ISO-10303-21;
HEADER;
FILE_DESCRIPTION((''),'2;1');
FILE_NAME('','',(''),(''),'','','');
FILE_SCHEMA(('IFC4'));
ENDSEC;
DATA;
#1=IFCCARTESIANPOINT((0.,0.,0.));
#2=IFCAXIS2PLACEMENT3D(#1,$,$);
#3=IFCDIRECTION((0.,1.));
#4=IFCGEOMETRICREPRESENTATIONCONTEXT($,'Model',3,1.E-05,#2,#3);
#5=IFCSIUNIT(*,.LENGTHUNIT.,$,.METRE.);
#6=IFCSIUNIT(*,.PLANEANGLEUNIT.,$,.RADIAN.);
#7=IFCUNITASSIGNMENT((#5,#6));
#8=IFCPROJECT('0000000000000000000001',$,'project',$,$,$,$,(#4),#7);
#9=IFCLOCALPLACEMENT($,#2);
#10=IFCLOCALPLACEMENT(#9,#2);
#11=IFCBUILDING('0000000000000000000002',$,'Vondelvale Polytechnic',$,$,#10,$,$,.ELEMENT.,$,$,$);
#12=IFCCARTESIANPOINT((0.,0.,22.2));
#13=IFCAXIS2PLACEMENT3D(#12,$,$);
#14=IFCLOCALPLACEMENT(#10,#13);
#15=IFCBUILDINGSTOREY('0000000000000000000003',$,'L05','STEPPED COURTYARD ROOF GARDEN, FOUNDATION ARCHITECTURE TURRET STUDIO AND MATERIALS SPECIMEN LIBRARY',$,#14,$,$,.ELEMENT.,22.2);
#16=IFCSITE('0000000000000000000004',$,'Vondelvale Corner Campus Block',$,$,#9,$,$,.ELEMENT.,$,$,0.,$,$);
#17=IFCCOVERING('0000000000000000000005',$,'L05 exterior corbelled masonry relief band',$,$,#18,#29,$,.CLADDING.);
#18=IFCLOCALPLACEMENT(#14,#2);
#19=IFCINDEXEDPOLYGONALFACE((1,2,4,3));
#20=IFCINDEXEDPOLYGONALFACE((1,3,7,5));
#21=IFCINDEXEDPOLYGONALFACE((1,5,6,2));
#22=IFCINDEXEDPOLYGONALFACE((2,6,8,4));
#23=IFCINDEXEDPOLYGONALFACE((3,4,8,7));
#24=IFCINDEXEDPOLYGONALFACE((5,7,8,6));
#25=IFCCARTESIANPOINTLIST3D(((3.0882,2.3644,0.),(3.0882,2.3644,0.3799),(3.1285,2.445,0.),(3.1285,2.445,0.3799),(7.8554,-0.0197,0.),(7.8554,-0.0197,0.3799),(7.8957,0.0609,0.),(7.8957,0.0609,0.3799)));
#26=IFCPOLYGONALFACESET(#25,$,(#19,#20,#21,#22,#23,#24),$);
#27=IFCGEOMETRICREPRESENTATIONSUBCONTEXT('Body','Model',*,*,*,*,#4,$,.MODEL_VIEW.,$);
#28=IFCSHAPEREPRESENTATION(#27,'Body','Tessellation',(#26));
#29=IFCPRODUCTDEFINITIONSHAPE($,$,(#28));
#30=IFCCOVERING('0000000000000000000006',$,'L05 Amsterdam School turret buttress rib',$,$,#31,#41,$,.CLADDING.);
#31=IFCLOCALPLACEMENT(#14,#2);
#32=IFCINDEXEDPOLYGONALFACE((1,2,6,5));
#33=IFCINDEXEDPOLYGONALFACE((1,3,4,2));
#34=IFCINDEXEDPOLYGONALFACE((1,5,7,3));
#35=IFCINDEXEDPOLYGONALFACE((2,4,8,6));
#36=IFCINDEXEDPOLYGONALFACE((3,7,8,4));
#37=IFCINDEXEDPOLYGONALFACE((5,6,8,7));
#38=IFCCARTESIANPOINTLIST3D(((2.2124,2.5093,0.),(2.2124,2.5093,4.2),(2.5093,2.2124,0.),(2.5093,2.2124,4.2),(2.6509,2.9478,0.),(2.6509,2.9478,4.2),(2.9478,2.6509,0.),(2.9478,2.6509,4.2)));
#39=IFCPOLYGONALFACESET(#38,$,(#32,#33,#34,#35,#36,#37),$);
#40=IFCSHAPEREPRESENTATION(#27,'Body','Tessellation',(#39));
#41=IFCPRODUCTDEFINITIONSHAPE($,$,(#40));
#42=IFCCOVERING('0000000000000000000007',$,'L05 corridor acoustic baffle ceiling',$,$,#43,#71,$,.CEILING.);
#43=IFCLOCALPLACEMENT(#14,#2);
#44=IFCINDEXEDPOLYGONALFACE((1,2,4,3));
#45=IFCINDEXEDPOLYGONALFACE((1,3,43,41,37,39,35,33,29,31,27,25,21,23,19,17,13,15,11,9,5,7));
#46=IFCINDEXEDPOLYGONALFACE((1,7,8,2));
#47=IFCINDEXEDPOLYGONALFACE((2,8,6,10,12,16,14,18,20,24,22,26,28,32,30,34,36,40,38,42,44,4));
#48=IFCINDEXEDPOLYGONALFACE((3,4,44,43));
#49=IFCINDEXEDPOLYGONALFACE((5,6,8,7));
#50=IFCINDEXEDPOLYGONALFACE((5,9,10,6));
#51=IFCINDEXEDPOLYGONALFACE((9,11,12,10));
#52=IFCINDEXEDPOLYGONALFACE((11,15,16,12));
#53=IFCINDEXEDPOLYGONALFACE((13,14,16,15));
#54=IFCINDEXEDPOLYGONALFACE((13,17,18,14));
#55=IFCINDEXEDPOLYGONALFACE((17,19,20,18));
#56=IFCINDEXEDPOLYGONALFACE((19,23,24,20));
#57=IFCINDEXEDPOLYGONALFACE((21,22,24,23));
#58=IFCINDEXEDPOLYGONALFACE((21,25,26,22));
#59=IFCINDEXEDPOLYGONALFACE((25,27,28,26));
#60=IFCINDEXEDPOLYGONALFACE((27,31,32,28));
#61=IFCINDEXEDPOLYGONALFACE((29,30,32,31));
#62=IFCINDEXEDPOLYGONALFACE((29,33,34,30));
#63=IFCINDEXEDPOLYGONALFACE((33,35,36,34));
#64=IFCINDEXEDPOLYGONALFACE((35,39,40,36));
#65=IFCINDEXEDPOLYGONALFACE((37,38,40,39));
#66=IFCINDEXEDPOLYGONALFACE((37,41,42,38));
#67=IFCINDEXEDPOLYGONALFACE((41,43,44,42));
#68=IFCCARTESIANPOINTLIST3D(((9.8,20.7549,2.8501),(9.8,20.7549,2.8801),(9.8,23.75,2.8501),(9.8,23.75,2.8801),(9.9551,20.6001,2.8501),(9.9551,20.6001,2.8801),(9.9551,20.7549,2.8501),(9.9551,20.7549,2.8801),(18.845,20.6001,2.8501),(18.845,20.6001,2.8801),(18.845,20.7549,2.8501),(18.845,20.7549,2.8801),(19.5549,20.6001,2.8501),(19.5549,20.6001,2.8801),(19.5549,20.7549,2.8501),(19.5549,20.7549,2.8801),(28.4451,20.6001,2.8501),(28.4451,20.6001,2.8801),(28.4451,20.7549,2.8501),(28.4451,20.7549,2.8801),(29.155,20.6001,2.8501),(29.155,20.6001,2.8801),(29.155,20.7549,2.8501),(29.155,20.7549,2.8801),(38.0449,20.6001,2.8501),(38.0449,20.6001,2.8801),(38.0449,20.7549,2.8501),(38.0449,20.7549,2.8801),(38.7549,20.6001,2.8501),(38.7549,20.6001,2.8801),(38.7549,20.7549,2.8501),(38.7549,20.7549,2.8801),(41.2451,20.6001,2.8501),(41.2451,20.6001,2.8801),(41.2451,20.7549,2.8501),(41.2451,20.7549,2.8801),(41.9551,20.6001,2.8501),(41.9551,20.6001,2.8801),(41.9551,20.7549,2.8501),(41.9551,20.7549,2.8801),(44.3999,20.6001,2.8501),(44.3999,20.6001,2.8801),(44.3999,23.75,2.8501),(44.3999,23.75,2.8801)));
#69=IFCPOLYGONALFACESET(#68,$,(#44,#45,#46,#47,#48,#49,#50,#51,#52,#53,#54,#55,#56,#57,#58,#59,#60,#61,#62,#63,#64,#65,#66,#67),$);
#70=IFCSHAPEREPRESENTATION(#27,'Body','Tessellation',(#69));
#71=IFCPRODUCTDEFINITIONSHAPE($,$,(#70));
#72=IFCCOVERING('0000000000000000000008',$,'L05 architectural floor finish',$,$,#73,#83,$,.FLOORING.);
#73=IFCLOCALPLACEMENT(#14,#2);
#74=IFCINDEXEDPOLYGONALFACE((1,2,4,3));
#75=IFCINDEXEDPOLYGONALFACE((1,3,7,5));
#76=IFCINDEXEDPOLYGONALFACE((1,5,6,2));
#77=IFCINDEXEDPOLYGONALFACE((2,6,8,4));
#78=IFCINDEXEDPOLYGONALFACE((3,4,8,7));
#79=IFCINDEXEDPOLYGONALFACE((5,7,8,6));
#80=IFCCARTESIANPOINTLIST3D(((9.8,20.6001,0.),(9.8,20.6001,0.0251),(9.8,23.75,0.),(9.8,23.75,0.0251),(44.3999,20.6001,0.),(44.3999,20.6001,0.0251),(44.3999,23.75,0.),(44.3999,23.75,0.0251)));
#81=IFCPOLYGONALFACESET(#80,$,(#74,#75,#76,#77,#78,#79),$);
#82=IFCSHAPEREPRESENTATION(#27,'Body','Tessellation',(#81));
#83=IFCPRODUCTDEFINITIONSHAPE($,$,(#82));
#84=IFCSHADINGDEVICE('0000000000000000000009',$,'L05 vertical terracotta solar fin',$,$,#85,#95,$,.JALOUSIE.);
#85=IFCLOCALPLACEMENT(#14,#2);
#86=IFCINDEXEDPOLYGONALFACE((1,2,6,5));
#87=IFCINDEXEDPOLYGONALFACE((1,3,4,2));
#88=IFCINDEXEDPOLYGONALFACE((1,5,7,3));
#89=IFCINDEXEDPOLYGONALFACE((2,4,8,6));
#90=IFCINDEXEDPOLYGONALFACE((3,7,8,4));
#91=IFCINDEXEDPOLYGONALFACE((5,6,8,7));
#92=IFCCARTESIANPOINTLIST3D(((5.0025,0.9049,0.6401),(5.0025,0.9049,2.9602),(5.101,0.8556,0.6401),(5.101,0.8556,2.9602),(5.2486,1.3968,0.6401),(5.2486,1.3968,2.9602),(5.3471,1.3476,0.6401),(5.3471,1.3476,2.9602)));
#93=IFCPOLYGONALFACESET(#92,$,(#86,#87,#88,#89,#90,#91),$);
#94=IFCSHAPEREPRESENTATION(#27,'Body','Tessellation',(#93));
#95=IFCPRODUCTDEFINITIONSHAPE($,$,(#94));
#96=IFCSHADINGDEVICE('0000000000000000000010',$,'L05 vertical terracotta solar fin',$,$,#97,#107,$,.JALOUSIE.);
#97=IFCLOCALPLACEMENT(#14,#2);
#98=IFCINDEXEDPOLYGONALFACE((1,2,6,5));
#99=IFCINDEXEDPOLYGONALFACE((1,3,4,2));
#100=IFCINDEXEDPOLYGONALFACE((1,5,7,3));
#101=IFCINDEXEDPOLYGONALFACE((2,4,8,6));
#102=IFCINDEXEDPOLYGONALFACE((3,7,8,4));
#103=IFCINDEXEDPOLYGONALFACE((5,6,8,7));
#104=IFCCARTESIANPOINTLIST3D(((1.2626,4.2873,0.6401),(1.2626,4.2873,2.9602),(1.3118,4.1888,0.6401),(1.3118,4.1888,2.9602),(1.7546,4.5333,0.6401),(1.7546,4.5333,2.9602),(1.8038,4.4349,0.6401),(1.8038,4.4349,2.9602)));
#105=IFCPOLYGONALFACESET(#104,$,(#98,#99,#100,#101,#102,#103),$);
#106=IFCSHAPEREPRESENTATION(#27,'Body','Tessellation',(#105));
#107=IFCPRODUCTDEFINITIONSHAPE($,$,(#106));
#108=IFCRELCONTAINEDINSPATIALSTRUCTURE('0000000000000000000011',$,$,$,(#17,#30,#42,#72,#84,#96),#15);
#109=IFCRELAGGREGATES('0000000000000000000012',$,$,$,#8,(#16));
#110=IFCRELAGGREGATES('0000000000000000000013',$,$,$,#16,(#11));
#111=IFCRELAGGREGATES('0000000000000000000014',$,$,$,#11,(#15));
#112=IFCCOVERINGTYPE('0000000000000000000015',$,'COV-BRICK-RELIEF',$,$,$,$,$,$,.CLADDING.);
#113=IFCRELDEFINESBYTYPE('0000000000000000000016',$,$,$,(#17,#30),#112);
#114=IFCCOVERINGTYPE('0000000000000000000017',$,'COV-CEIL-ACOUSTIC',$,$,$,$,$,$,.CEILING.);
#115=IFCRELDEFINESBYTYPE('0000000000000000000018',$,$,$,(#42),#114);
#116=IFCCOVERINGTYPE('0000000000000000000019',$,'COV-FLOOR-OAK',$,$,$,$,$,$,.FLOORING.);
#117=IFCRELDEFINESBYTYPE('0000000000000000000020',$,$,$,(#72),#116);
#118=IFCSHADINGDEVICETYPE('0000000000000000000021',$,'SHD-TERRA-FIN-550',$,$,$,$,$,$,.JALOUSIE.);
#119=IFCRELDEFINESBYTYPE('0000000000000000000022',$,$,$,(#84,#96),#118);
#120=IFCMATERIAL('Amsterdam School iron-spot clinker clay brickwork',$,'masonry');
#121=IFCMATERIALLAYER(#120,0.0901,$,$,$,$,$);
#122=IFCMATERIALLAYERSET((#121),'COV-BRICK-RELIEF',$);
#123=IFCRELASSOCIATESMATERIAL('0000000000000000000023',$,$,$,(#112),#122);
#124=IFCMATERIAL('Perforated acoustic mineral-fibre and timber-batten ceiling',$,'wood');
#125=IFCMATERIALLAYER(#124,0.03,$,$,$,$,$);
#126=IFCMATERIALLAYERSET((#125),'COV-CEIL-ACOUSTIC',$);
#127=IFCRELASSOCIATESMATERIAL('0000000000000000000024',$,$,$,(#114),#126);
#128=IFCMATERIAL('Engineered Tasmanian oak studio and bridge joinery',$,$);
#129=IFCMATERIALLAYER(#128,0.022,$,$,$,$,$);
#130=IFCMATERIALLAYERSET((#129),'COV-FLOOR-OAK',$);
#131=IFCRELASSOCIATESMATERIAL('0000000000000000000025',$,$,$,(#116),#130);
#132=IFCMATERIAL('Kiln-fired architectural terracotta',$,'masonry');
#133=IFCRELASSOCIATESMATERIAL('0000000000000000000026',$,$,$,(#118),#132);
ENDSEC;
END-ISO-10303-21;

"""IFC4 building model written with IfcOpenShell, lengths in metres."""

from ifc_helpers import new_model, si_unit, direction, frame, origin, origin_2d, place, context, subcontext, project, spatial, polyline, rectangle, outline, extrude, material, layer, layer_set, type_object, element, save


model = new_model("IFC4")

# Units and contexts
model_context = context("Model", 3, precision=1e-05, world=origin(), true_north=direction((0.0, 1.0)))
body_context = subcontext(model_context, "Body", "Model", "MODEL_VIEW")
ifc_project = project(units=[si_unit("LENGTHUNIT", "METRE"), si_unit("PLANEANGLEUNIT", "RADIAN")], contexts=[model_context])

# Site, building, storey
site_placement = place(None, origin())
site = spatial("IfcSite", under=ifc_project, at=site_placement, Name="Vondelvale Corner Campus Block", CompositionType="ELEMENT", RefElevation=0.0)
building_placement = place(site_placement, origin())
building = spatial("IfcBuilding", under=site, at=building_placement, Name="Vondelvale Polytechnic", CompositionType="ELEMENT")
storey_placement = place(building_placement, frame((0.0, 0.0, 22.2)))
storey = spatial("IfcBuildingStorey", under=building, at=storey_placement, Name="L05", Description="STEPPED COURTYARD ROOF GARDEN, FOUNDATION ARCHITECTURE TURRET STUDIO AND MATERIALS SPECIMEN LIBRARY", CompositionType="ELEMENT", Elevation=22.2)

# Shared definitions
ifc_material_1 = material(Name="Amsterdam School iron-spot clinker clay brickwork", Category="masonry")

# Coverings
ifc_layer_1 = layer(ifc_material_1, 0.0901)
ifc_layer_set_1 = layer_set([ifc_layer_1], Name="COV-BRICK-RELIEF")
covering_type_1 = type_object("IfcCoveringType", Name="COV-BRICK-RELIEF", PredefinedType="CLADDING", material=ifc_layer_set_1)
covering_1_placement = place(storey_placement, frame((5.4919, 1.2126, 0.0), z_axis=(0.0, 0.0, 1.0), x_axis=(-0.894389, 0.447291, 0.0)))
element("IfcCovering", 1, at=covering_1_placement, inside=storey, type_object=covering_type_1, Name="L05 exterior corbelled masonry relief band", PredefinedType="CLADDING", context=body_context, shape_type="SweptSolid", body=[
    extrude(rectangle(XDim=5.3301, YDim=0.0901, at=origin_2d()), origin(), (0.0, 0.0, 1.0), 0.3799),
])
covering_2_placement = place(storey_placement, frame((2.5801, 2.5801, 0.0), z_axis=(0.0, 0.0, 1.0), x_axis=(0.707107, 0.707107, 0.0)))
element("IfcCovering", 2, at=covering_2_placement, inside=storey, type_object=covering_type_1, Name="L05 Amsterdam School turret buttress rib", PredefinedType="CLADDING", context=body_context, shape_type="SweptSolid", body=[
    extrude(rectangle(XDim=0.6201, YDim=0.4199, at=origin_2d()), origin(), (0.0, 0.0, 1.0), 4.2),
])
ifc_material_2 = material(Name="Perforated acoustic mineral-fibre and timber-batten ceiling", Category="wood")
ifc_layer_2 = layer(ifc_material_2, 0.03)
ifc_layer_set_2 = layer_set([ifc_layer_2], Name="COV-CEIL-ACOUSTIC")
covering_type_2 = type_object("IfcCoveringType", Name="COV-CEIL-ACOUSTIC", PredefinedType="CEILING", material=ifc_layer_set_2)
covering_3_placement = place(storey_placement, frame((0.0, 0.0, 2.8501)))
element("IfcCovering", 3, at=covering_3_placement, inside=storey, type_object=covering_type_2, Name="L05 corridor acoustic baffle ceiling", PredefinedType="CEILING", context=body_context, shape_type="SweptSolid", body=[
    extrude(outline(polyline([(9.9551, 20.6001), (9.9551, 20.7549), (9.8, 20.7549), (9.8, 23.75), (44.3999, 23.75), (44.3999, 20.6001), (41.9551, 20.6001), (41.9551, 20.7549), (41.2451, 20.7549), (41.2451, 20.6001), (38.7549, 20.6001), (38.7549, 20.7549), (38.0449, 20.7549), (38.0449, 20.6001), (29.155, 20.6001), (29.155, 20.7549), (28.4451, 20.7549), (28.4451, 20.6001), (19.5549, 20.6001), (19.5549, 20.7549), (18.845, 20.7549), (18.845, 20.6001), (9.9551, 20.6001)])), origin(), (0.0, 0.0, 1.0), 0.03),
])
ifc_material_3 = material(Name="Engineered Tasmanian oak studio and bridge joinery")
ifc_layer_3 = layer(ifc_material_3, 0.022)
ifc_layer_set_3 = layer_set([ifc_layer_3], Name="COV-FLOOR-OAK")
covering_type_3 = type_object("IfcCoveringType", Name="COV-FLOOR-OAK", PredefinedType="FLOORING", material=ifc_layer_set_3)
covering_4_placement = place(storey_placement, origin())
element("IfcCovering", 4, at=covering_4_placement, inside=storey, type_object=covering_type_3, Name="L05 architectural floor finish", PredefinedType="FLOORING", context=body_context, shape_type="SweptSolid", body=[
    extrude(outline(polyline([(9.8, 20.6001), (44.3999, 20.6001), (44.3999, 23.75), (9.8, 23.75), (9.8, 20.6001)])), origin(), (0.0, 0.0, 1.0), 0.0251),
])

# Shading devices
ifc_material_4 = material(Name="Kiln-fired architectural terracotta", Category="masonry")
shading_device_type = type_object("IfcShadingDeviceType", Name="SHD-TERRA-FIN-550", PredefinedType="JALOUSIE", material=ifc_material_4)
for number, where, z_axis, x_axis, name in (
    (5, (5.1748, 1.1262, 0.6401), (0.0, 0.0, 1.0), (-0.894389, 0.447291, 0.0), "L05 vertical terracotta solar fin"),
    (6, (1.5332, 4.3611, 0.6401), (0.0, 0.0, 1.0), (-0.447291, 0.894389, 0.0), "L05 vertical terracotta solar fin"),
):
    element("IfcShadingDevice", number, at=place(storey_placement, frame(where, z_axis=z_axis, x_axis=x_axis)), inside=storey, type_object=shading_device_type, Name=name, PredefinedType="JALOUSIE", context=body_context, shape_type="SweptSolid", body=[
        extrude(rectangle(XDim=0.1101, YDim=0.55, at=origin_2d()), origin(), (0.0, 0.0, 1.0), 2.3201),
    ])

save(model, "model.ifc")
